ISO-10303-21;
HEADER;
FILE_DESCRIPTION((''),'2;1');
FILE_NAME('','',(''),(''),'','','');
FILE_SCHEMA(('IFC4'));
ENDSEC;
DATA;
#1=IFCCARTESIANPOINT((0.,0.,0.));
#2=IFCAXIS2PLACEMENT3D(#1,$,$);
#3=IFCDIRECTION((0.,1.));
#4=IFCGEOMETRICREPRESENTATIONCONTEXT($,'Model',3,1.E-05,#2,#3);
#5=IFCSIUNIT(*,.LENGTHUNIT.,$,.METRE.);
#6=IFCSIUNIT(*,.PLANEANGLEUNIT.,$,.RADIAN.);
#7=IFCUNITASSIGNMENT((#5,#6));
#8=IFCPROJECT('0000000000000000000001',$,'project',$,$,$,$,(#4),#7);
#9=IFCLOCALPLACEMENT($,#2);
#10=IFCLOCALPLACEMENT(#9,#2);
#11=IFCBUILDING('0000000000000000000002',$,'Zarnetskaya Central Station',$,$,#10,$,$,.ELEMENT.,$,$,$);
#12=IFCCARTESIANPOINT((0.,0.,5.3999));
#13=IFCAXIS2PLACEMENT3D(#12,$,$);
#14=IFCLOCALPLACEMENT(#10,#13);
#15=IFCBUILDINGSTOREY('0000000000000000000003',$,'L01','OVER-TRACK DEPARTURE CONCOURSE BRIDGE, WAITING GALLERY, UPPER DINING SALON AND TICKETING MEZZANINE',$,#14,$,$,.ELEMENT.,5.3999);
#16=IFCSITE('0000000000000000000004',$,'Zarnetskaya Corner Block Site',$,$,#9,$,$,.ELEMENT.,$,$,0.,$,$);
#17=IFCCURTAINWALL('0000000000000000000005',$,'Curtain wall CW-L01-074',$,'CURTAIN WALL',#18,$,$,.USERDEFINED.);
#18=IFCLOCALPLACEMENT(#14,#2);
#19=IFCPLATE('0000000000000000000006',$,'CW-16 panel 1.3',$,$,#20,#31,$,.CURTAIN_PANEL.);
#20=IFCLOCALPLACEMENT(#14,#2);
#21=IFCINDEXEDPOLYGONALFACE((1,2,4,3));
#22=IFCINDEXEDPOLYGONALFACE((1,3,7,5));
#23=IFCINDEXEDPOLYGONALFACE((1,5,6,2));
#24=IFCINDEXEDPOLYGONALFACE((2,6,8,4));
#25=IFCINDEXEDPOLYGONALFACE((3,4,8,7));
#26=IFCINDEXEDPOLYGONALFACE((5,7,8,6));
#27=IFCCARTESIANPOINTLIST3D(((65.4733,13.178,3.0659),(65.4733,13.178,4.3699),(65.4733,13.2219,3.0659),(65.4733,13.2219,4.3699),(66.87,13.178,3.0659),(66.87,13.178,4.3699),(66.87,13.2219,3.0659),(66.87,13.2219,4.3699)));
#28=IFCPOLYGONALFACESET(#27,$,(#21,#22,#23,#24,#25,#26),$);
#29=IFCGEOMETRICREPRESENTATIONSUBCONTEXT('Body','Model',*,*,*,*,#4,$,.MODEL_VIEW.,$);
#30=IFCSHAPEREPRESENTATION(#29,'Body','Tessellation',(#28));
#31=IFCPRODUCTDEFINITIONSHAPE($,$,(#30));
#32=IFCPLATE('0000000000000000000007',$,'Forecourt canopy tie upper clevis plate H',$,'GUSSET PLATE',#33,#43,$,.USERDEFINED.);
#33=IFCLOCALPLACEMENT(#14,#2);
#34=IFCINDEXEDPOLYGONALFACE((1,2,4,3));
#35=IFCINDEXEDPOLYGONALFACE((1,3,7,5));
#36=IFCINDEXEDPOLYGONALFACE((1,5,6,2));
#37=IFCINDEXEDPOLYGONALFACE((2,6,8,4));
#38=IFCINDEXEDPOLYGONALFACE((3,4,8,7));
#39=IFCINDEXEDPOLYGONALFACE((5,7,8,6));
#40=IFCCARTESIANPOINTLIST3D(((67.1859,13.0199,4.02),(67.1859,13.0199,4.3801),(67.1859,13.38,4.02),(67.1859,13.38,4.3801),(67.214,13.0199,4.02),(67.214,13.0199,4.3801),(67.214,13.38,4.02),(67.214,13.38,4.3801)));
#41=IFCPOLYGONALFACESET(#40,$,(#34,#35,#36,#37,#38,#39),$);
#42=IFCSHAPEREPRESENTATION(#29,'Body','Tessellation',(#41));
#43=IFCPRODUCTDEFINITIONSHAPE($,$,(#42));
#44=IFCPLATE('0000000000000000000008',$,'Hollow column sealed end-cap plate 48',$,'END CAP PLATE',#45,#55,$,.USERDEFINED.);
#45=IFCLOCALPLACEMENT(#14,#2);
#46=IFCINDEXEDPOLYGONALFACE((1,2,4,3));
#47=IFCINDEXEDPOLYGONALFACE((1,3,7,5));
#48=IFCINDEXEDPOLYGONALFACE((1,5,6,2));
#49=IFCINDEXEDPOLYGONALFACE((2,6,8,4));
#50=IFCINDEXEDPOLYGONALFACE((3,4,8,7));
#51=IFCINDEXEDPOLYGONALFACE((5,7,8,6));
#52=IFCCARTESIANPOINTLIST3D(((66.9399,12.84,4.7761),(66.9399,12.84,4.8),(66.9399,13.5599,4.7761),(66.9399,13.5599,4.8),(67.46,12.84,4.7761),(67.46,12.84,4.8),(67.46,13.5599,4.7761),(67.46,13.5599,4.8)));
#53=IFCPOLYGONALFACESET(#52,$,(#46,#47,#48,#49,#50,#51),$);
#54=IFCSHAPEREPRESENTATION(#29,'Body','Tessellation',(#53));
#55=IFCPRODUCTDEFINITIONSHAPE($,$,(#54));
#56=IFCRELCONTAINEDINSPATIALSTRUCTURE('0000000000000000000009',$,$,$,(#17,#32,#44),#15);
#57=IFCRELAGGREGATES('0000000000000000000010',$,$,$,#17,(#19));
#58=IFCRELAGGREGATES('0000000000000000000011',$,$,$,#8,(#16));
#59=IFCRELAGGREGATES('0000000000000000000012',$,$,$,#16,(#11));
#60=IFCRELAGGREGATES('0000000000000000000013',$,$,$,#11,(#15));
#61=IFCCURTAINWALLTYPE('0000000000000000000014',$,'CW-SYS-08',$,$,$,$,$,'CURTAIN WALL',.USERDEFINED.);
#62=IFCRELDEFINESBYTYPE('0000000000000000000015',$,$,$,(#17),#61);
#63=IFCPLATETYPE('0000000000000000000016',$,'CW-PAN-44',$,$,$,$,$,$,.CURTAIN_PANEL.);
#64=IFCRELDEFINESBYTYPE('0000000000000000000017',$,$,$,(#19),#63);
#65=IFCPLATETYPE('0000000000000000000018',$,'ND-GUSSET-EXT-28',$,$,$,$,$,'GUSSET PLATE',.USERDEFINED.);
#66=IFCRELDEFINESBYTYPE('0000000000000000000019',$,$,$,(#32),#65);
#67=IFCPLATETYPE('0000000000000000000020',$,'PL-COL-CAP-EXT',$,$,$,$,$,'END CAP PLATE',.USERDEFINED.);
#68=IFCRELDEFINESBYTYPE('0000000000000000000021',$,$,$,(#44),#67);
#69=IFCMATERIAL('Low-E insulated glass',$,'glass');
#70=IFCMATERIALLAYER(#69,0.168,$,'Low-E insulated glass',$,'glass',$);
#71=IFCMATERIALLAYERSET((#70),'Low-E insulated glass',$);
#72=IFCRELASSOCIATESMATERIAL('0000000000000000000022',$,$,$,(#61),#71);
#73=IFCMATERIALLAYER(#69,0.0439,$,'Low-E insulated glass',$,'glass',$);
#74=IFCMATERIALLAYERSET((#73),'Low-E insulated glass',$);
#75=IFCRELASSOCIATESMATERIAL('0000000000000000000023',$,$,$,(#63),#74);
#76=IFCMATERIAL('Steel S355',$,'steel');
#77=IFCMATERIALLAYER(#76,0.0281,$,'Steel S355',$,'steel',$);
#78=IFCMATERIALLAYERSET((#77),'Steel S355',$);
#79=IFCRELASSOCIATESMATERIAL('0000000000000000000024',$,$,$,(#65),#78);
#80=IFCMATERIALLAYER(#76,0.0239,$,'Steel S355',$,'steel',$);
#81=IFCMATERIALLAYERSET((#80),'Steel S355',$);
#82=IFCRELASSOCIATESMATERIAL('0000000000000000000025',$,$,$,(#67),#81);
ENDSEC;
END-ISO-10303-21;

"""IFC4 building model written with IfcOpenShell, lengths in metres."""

from ifc_helpers import new_model, si_unit, direction, frame, origin, origin_2d, place, context, subcontext, project, spatial, rectangle, extrude, material, layer, layer_set, type_object, element, aggregate, save


model = new_model("IFC4")

# Units and contexts
model_context = context("Model", 3, precision=1e-05, world=origin(), true_north=direction((0.0, 1.0)))
body_context = subcontext(model_context, "Body", "Model", "MODEL_VIEW")
ifc_project = project(units=[si_unit("LENGTHUNIT", "METRE"), si_unit("PLANEANGLEUNIT", "RADIAN")], contexts=[model_context])

# Site, building, storey
site_placement = place(None, origin())
site = spatial("IfcSite", under=ifc_project, at=site_placement, Name="Zarnetskaya Corner Block Site", CompositionType="ELEMENT", RefElevation=0.0)
building_placement = place(site_placement, origin())
building = spatial("IfcBuilding", under=site, at=building_placement, Name="Zarnetskaya Central Station", CompositionType="ELEMENT")
storey_placement = place(building_placement, frame((0.0, 0.0, 5.3999)))
storey = spatial("IfcBuildingStorey", under=building, at=storey_placement, Name="L01", Description="OVER-TRACK DEPARTURE CONCOURSE BRIDGE, WAITING GALLERY, UPPER DINING SALON AND TICKETING MEZZANINE", CompositionType="ELEMENT", Elevation=5.3999)

# Shared definitions
ifc_material_1 = material(Name="Steel S355", Category="steel")

# Curtain wall
ifc_material_2 = material(Name="Low-E insulated glass", Category="glass")
ifc_layer_1 = layer(ifc_material_2, 0.168, Name="Low-E insulated glass", Category="glass")
ifc_layer_set_1 = layer_set([ifc_layer_1], Name="Low-E insulated glass")
curtain_wall_type_1 = type_object("IfcCurtainWallType", Name="CW-SYS-08", ElementType="CURTAIN WALL", PredefinedType="USERDEFINED", material=ifc_layer_set_1)
curtain_wall_1_placement = place(storey_placement, origin())
curtain_wall_1 = element("IfcCurtainWall", 1, at=curtain_wall_1_placement, inside=storey, type_object=curtain_wall_type_1, Name="Curtain wall CW-L01-074", ObjectType="CURTAIN WALL", PredefinedType="USERDEFINED")

# Plate
ifc_layer_2 = layer(ifc_material_2, 0.0439, Name="Low-E insulated glass", Category="glass")
ifc_layer_set_2 = layer_set([ifc_layer_2], Name="Low-E insulated glass")
plate_type_1 = type_object("IfcPlateType", Name="CW-PAN-44", PredefinedType="CURTAIN_PANEL", material=ifc_layer_set_2)
plate_1_placement = place(storey_placement, frame((66.1716, 13.2, 3.0659), z_axis=(0.0, 0.0, 1.0), x_axis=(-1.0, 0.0, 0.0)))
plate_1 = element("IfcPlate", 2, at=plate_1_placement, type_object=plate_type_1, Name="CW-16 panel 1.3", PredefinedType="CURTAIN_PANEL", context=body_context, shape_type="SweptSolid", body=[
    extrude(rectangle(XDim=1.3967, YDim=0.0439, at=origin_2d()), origin(), (0.0, 0.0, 1.0), 1.304),
])
aggregate(curtain_wall_1, [plate_1])

# Plates
ifc_layer_3 = layer(ifc_material_1, 0.0281, Name="Steel S355", Category="steel")
ifc_layer_set_3 = layer_set([ifc_layer_3], Name="Steel S355")
plate_type_2 = type_object("IfcPlateType", Name="ND-GUSSET-EXT-28", ElementType="GUSSET PLATE", PredefinedType="USERDEFINED", material=ifc_layer_set_3)
plate_2_placement = place(storey_placement, frame((67.2, 13.2, 4.02), z_axis=(0.0, 0.0, 1.0), x_axis=(1.0, 0.0, 0.0)))
element("IfcPlate", 3, at=plate_2_placement, inside=storey, type_object=plate_type_2, Name="Forecourt canopy tie upper clevis plate H", ObjectType="GUSSET PLATE", PredefinedType="USERDEFINED", context=body_context, shape_type="SweptSolid", body=[
    extrude(rectangle(XDim=0.0281, YDim=0.3601, at=origin_2d()), origin(), (0.0, 0.0, 1.0), 0.3601),
])
ifc_layer_4 = layer(ifc_material_1, 0.0239, Name="Steel S355", Category="steel")
ifc_layer_set_4 = layer_set([ifc_layer_4], Name="Steel S355")
plate_type_3 = type_object("IfcPlateType", Name="PL-COL-CAP-EXT", ElementType="END CAP PLATE", PredefinedType="USERDEFINED", material=ifc_layer_set_4)
plate_3_placement = place(storey_placement, frame((67.2, 13.2, 4.7761), z_axis=(0.0, 0.0, 1.0), x_axis=(1.0, 0.0, 0.0)))
element("IfcPlate", 4, at=plate_3_placement, inside=storey, type_object=plate_type_3, Name="Hollow column sealed end-cap plate 48", ObjectType="END CAP PLATE", PredefinedType="USERDEFINED", context=body_context, shape_type="SweptSolid", body=[
    extrude(rectangle(XDim=0.52, YDim=0.72, at=origin_2d()), origin(), (0.0, 0.0, 1.0), 0.0239),
])

save(model, "model.ifc")
